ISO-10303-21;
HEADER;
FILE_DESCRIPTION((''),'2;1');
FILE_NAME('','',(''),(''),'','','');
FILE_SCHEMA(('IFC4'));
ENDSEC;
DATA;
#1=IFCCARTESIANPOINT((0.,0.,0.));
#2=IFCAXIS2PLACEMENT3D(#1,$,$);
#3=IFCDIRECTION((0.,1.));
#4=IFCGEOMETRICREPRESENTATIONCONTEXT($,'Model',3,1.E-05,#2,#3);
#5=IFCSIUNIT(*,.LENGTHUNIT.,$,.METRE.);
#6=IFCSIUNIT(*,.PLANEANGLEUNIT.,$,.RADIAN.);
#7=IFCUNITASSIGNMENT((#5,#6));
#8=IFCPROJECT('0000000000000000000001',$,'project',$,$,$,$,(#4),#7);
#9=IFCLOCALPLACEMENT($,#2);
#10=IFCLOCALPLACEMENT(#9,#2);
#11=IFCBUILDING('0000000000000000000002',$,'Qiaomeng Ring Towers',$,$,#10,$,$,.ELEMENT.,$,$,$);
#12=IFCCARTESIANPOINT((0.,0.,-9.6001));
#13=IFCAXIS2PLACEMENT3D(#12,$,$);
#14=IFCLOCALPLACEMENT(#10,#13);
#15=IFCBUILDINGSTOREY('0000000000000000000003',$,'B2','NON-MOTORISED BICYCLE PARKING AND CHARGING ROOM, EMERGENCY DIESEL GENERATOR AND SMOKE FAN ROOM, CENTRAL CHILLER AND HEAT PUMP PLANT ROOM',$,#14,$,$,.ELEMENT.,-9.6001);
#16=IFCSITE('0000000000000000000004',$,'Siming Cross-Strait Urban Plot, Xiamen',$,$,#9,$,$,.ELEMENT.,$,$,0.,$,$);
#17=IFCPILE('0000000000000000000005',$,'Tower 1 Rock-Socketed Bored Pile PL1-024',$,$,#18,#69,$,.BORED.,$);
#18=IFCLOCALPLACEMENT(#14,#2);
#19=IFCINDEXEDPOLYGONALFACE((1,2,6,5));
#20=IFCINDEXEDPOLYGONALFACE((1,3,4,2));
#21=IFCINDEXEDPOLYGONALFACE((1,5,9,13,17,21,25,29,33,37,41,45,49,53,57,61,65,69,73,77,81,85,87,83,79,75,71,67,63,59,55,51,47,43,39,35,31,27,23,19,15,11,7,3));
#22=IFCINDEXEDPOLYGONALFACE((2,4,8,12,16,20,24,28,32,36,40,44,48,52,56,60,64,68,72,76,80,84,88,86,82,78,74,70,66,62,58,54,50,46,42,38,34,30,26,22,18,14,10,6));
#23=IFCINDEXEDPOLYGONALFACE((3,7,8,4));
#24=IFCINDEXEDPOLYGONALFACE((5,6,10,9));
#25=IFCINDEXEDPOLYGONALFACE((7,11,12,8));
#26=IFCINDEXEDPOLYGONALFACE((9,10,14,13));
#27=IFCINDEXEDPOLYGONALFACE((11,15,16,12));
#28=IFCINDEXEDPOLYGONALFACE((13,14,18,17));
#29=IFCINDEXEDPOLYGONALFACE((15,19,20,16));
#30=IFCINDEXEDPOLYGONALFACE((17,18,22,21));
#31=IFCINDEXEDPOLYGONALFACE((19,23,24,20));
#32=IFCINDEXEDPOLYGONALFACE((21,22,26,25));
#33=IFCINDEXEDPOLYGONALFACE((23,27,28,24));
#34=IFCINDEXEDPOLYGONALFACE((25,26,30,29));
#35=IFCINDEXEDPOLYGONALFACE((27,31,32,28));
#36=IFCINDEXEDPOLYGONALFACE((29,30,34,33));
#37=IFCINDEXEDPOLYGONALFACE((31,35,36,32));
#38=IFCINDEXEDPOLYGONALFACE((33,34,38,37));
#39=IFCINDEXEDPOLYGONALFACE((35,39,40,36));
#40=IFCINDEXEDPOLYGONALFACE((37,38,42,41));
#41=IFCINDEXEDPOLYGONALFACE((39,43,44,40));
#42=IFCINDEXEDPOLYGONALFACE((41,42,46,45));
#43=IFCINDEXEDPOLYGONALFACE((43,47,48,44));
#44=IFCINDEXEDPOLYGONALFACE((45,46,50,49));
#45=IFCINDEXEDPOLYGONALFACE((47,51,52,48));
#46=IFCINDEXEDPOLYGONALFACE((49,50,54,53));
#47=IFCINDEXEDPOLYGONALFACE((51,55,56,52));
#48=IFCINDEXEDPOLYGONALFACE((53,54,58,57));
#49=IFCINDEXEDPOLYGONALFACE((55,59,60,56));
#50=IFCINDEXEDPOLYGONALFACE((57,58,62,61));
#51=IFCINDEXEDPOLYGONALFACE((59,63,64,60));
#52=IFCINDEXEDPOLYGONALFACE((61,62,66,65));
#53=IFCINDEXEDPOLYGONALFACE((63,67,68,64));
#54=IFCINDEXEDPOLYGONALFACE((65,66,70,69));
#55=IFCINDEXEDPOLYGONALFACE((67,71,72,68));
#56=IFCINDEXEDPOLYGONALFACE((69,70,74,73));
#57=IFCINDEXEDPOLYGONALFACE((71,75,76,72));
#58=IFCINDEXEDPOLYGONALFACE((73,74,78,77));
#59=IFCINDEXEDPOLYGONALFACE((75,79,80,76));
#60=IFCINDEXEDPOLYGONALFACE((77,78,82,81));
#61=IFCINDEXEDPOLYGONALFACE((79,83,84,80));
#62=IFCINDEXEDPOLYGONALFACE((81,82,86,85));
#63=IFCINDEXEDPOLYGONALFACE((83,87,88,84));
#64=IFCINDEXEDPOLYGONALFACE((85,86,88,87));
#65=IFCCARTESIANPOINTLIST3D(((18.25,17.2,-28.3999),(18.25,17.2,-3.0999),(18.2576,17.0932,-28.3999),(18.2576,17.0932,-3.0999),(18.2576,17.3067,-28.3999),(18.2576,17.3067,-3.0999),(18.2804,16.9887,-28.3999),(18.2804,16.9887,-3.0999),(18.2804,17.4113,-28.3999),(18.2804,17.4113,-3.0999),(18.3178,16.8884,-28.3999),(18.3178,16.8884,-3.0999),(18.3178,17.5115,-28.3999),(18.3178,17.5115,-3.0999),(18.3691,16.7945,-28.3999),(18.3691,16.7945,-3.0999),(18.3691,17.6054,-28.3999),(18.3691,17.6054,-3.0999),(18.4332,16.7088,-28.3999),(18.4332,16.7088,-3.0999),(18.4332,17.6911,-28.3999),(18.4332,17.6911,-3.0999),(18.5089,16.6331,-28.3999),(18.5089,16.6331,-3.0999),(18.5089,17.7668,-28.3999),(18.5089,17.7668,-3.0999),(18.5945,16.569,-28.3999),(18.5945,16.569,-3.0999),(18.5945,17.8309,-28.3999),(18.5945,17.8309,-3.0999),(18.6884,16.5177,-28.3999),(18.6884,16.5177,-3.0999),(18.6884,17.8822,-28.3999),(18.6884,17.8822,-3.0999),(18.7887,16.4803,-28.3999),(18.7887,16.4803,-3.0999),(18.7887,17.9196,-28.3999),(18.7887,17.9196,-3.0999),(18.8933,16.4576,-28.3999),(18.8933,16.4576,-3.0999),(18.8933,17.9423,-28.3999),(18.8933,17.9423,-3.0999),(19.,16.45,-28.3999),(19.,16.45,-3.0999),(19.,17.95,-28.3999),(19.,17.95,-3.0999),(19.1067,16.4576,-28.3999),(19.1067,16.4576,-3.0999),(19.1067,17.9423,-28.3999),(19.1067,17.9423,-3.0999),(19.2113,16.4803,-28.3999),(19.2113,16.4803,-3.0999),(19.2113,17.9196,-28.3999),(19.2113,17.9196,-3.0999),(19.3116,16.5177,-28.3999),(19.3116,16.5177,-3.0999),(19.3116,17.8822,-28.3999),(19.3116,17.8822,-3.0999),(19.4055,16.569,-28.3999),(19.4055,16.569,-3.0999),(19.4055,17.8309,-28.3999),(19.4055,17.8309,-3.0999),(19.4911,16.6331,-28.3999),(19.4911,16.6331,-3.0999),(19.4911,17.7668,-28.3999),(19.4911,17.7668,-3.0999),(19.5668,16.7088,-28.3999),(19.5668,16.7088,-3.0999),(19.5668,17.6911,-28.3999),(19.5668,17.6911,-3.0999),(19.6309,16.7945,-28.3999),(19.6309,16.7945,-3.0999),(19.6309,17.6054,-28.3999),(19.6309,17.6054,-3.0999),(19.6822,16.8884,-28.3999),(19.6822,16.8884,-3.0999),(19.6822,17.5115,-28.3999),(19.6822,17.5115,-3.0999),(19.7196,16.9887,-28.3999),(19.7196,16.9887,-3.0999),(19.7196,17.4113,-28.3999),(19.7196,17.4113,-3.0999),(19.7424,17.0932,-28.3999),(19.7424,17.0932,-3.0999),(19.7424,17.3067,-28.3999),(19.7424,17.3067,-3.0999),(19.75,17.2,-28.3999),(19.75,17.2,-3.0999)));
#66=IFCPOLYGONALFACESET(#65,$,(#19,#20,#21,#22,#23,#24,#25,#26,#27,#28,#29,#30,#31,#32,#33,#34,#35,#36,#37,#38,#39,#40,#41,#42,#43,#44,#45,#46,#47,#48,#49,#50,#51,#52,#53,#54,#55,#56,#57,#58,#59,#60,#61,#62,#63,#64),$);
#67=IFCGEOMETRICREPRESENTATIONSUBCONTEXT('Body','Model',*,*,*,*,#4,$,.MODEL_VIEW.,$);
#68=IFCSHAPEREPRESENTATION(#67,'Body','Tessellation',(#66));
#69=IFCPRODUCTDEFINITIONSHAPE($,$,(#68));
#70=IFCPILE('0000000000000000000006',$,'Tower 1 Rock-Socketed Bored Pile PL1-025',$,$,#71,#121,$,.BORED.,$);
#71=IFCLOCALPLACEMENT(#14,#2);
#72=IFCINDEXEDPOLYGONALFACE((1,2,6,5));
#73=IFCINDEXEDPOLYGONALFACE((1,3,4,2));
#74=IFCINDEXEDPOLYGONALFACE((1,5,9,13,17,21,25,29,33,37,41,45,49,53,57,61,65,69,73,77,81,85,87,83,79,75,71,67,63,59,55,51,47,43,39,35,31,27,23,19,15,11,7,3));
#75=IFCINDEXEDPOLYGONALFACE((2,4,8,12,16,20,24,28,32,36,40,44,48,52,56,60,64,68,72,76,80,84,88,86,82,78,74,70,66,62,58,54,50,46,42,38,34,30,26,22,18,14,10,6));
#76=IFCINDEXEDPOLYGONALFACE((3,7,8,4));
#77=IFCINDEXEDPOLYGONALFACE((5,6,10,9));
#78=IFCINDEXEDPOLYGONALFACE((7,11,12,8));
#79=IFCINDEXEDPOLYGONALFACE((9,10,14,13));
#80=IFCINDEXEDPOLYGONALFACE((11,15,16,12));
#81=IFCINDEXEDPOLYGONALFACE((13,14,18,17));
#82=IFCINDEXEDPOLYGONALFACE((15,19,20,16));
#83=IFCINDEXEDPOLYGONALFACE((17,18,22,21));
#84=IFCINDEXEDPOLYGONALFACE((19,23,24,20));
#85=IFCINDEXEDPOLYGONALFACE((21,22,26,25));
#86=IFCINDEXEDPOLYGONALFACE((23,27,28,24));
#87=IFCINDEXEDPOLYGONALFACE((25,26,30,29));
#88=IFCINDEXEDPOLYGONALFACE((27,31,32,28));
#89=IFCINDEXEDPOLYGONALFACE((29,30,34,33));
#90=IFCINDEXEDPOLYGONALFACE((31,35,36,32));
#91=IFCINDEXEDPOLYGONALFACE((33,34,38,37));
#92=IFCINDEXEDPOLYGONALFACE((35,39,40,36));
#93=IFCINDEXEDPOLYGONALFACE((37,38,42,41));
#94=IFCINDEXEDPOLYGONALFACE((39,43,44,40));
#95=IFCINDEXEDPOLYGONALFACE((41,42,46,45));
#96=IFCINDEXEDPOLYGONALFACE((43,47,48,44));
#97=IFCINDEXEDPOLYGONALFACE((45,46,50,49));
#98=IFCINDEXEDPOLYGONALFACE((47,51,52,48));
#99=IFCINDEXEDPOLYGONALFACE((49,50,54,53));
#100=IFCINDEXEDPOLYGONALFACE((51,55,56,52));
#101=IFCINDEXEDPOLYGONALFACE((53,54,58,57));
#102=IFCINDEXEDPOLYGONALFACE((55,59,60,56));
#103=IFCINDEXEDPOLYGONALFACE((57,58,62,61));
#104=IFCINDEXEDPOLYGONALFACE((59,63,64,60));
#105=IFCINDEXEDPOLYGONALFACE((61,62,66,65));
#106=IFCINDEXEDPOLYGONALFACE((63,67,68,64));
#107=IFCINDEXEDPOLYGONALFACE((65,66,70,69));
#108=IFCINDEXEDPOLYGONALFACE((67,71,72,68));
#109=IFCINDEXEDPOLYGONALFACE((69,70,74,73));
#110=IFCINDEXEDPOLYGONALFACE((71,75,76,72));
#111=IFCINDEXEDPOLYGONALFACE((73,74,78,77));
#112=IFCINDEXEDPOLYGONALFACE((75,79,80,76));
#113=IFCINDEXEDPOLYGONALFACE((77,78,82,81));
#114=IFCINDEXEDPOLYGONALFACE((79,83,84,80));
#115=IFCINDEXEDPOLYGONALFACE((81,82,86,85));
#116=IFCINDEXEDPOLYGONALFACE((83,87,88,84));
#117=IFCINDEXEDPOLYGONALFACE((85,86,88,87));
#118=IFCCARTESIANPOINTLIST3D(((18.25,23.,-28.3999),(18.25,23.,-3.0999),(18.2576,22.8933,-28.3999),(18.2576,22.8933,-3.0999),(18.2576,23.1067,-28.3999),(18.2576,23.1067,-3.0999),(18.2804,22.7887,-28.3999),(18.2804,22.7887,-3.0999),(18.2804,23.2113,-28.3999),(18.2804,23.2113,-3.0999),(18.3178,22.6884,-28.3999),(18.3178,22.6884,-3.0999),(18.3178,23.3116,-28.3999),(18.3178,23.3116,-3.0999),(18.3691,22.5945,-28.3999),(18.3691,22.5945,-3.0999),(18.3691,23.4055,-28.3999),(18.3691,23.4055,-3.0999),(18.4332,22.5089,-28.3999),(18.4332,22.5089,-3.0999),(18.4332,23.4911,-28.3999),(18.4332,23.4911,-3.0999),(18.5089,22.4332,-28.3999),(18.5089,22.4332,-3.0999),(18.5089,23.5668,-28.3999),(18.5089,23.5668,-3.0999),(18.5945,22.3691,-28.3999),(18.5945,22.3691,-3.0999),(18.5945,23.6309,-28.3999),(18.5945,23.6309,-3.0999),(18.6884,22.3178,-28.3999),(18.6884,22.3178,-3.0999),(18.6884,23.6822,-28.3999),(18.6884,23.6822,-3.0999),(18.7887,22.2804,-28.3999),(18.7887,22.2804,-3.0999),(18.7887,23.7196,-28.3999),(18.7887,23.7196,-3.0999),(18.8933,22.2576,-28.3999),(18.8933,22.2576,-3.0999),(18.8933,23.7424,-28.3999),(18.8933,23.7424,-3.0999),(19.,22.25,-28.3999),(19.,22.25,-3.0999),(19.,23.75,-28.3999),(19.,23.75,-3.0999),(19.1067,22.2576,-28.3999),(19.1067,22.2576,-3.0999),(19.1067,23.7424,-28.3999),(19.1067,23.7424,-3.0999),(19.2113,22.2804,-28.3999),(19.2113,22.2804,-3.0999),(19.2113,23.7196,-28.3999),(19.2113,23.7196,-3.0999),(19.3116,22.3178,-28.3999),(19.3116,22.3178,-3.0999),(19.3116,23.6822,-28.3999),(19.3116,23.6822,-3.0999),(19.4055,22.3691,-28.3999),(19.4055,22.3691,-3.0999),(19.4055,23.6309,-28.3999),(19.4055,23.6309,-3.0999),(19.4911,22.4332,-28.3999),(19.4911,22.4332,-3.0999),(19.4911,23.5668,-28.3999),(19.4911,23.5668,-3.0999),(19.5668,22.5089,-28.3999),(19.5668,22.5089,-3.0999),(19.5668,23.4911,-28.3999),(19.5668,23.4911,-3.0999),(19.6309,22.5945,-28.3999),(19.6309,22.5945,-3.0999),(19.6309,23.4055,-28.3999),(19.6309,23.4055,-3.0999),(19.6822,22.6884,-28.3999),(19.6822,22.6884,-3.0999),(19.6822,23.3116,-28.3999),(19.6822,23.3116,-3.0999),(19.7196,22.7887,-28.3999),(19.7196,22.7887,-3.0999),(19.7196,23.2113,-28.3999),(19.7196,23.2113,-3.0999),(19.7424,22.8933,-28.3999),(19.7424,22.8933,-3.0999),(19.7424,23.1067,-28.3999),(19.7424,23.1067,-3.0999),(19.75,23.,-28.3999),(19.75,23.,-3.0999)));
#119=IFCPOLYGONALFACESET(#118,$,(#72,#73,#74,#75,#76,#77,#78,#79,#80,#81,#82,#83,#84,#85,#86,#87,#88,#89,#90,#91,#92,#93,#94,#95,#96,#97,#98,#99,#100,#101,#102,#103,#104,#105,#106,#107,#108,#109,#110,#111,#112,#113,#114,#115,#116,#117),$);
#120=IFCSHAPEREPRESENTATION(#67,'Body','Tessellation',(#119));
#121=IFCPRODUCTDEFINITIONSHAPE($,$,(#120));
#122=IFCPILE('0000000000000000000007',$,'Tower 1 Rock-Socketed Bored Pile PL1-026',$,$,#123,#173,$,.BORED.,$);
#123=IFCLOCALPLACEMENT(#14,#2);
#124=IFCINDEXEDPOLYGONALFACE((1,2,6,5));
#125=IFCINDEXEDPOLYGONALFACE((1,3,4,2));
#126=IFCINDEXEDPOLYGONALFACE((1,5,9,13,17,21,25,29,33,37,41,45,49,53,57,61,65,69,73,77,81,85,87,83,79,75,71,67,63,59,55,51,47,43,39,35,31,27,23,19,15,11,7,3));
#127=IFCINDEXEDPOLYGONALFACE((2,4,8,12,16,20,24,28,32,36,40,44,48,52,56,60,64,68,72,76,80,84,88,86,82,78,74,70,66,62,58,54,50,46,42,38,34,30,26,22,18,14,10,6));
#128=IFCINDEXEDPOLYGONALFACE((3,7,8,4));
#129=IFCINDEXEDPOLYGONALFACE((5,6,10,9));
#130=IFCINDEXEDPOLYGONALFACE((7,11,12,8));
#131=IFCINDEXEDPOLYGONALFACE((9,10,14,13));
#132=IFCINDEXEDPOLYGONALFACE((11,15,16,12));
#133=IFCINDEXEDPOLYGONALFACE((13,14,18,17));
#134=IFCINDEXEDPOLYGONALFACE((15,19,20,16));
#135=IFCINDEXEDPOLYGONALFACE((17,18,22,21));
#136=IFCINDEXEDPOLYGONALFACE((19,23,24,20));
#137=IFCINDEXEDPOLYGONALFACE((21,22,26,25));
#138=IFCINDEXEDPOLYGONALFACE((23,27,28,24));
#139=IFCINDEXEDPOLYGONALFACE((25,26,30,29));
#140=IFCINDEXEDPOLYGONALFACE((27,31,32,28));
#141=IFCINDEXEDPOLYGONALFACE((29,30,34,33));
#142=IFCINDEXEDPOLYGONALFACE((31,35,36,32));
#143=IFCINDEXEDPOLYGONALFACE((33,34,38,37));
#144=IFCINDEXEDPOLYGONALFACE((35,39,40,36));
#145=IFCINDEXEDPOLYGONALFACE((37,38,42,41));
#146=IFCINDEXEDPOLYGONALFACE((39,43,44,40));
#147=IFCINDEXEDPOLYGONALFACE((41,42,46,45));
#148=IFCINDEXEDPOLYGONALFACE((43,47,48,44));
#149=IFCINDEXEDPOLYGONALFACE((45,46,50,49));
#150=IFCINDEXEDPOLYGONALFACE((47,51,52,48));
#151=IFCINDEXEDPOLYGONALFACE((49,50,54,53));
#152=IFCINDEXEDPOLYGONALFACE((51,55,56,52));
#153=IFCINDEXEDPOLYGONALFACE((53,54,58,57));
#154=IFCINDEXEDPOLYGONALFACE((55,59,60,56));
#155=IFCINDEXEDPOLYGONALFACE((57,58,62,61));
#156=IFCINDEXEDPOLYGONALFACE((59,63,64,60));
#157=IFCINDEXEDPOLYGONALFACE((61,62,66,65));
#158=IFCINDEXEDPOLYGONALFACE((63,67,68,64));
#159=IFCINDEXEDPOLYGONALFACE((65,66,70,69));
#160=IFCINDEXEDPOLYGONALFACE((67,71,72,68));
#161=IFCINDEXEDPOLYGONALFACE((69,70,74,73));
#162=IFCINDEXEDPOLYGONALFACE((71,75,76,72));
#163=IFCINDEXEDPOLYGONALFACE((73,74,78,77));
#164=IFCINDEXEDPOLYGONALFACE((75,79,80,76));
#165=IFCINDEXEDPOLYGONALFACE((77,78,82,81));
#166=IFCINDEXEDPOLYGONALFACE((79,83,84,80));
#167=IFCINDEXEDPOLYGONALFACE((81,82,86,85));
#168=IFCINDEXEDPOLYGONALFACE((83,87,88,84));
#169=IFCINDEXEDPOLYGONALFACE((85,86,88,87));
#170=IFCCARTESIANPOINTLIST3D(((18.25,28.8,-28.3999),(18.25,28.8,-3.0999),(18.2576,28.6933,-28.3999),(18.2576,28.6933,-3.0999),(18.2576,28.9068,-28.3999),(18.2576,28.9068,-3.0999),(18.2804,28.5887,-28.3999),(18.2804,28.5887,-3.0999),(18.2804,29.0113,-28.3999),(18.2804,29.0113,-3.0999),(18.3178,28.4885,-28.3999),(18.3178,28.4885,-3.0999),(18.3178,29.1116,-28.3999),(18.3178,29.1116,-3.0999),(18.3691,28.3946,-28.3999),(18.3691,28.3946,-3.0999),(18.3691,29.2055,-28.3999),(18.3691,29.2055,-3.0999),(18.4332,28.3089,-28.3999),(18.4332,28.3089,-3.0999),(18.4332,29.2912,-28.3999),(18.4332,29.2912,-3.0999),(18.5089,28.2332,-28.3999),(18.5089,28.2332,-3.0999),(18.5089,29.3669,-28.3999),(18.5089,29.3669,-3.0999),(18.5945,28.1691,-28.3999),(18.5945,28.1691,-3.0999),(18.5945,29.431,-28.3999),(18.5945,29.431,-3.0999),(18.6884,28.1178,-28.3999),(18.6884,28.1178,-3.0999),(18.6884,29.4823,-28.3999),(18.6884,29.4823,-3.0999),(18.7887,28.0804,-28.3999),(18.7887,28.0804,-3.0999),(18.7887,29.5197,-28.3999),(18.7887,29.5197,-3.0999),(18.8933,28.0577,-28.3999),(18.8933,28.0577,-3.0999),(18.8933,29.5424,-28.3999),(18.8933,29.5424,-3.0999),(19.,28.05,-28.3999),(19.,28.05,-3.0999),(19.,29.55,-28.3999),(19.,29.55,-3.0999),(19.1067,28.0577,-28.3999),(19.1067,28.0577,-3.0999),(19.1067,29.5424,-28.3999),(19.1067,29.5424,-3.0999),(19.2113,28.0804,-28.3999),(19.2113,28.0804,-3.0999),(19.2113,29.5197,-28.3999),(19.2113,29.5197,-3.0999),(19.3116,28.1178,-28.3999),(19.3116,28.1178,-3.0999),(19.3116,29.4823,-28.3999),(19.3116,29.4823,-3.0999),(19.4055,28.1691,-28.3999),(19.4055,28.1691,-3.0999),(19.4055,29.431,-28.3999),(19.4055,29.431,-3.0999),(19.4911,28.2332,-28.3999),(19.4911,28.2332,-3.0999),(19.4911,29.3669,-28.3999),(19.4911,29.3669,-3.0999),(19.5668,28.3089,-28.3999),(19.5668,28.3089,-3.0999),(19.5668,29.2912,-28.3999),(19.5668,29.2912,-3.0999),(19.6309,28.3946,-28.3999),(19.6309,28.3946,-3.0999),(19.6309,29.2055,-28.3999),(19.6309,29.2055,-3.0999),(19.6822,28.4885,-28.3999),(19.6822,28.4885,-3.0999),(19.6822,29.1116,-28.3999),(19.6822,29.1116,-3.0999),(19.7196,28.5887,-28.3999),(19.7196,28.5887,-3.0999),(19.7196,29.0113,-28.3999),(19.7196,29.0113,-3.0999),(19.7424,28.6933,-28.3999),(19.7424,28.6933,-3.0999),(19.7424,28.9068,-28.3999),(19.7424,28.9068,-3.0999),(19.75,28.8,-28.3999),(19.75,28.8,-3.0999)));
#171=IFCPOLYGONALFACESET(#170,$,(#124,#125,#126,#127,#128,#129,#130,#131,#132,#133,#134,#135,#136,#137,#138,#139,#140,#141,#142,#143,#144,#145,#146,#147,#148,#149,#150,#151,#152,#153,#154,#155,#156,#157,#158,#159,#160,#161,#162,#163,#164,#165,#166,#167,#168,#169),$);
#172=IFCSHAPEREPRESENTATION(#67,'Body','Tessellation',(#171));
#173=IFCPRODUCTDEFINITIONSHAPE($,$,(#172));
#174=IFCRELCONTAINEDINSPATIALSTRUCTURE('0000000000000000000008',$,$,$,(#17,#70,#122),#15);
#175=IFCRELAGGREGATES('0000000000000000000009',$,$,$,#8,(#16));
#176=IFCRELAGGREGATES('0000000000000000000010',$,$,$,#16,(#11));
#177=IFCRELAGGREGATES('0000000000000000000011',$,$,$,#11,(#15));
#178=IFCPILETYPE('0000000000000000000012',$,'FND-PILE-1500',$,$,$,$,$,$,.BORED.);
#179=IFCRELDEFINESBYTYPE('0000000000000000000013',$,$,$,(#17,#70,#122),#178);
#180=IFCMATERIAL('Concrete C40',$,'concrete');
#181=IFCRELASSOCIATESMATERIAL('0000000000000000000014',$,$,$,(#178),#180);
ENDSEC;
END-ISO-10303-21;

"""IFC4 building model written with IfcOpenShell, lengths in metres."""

from ifc_helpers import new_model, si_unit, direction, frame, origin, origin_2d, place, context, subcontext, project, spatial, circle, extrude, source, transform, mapped, material, material_profile, profile_set, type_object, element, save


model = new_model("IFC4")

# Units and contexts
model_context = context("Model", 3, precision=1e-05, world=origin(), true_north=direction((0.0, 1.0)))
body_context = subcontext(model_context, "Body", "Model", "MODEL_VIEW")
ifc_project = project(units=[si_unit("LENGTHUNIT", "METRE"), si_unit("PLANEANGLEUNIT", "RADIAN")], contexts=[model_context])

# Site, building, storey
site_placement = place(None, origin())
site = spatial("IfcSite", under=ifc_project, at=site_placement, Name="Siming Cross-Strait Urban Plot, Xiamen", CompositionType="ELEMENT", RefElevation=0.0)
building_placement = place(site_placement, origin())
building = spatial("IfcBuilding", under=site, at=building_placement, Name="Qiaomeng Ring Towers", CompositionType="ELEMENT")
storey_placement = place(building_placement, frame((0.0, 0.0, -9.6001)))
storey = spatial("IfcBuildingStorey", under=building, at=storey_placement, Name="B2", Description="NON-MOTORISED BICYCLE PARKING AND CHARGING ROOM, EMERGENCY DIESEL GENERATOR AND SMOKE FAN ROOM, CENTRAL CHILLER AND HEAT PUMP PLANT ROOM", CompositionType="ELEMENT", Elevation=-9.6001)

# Piles
ifc_material_1 = material(Name="Concrete C40", Category="concrete")
ifc_material_profile_1 = material_profile(ifc_material_1, circle(Radius=0.75, at=origin_2d()), Name="BORED PILE 1500")
ifc_profile_set_1 = profile_set([ifc_material_profile_1], Name="Concrete C40")
pile_type = type_object("IfcPileType", Name="FND-PILE-1500", PredefinedType="BORED", material=ifc_profile_set_1)
shared_shape_1 = source(origin(), body_context, "Body", "SweptSolid", [
    extrude(circle(Radius=0.75, at=origin_2d()), origin(), (0.0, 0.0, 1.0), 25.3),
])
for number, where, z_axis, x_axis, name in (
    (1, (19.0, 17.2, -3.0999), (0.0, 0.0, -1.0), (1.0, 0.0, 0.0), "Tower 1 Rock-Socketed Bored Pile PL1-024"),
    (2, (19.0, 23.0, -3.0999), (0.0, 0.0, -1.0), (1.0, 0.0, 0.0), "Tower 1 Rock-Socketed Bored Pile PL1-025"),
    (3, (19.0, 28.8, -3.0999), (0.0, 0.0, -1.0), (1.0, 0.0, 0.0), "Tower 1 Rock-Socketed Bored Pile PL1-026"),
):
    element("IfcPile", number, at=place(storey_placement, frame(where, z_axis=z_axis, x_axis=x_axis)), inside=storey, type_object=pile_type, Name=name, PredefinedType="BORED", context=body_context, shape_type="MappedRepresentation", body=[
        mapped(shared_shape_1, transform((0.0, 0.0, 0.0), x_axis=(1.0, 0.0, 0.0), y_axis=(0.0, 1.0, 0.0), z_axis=(0.0, 0.0, 1.0), scale=1.0)),
    ])

save(model, "model.ifc")
